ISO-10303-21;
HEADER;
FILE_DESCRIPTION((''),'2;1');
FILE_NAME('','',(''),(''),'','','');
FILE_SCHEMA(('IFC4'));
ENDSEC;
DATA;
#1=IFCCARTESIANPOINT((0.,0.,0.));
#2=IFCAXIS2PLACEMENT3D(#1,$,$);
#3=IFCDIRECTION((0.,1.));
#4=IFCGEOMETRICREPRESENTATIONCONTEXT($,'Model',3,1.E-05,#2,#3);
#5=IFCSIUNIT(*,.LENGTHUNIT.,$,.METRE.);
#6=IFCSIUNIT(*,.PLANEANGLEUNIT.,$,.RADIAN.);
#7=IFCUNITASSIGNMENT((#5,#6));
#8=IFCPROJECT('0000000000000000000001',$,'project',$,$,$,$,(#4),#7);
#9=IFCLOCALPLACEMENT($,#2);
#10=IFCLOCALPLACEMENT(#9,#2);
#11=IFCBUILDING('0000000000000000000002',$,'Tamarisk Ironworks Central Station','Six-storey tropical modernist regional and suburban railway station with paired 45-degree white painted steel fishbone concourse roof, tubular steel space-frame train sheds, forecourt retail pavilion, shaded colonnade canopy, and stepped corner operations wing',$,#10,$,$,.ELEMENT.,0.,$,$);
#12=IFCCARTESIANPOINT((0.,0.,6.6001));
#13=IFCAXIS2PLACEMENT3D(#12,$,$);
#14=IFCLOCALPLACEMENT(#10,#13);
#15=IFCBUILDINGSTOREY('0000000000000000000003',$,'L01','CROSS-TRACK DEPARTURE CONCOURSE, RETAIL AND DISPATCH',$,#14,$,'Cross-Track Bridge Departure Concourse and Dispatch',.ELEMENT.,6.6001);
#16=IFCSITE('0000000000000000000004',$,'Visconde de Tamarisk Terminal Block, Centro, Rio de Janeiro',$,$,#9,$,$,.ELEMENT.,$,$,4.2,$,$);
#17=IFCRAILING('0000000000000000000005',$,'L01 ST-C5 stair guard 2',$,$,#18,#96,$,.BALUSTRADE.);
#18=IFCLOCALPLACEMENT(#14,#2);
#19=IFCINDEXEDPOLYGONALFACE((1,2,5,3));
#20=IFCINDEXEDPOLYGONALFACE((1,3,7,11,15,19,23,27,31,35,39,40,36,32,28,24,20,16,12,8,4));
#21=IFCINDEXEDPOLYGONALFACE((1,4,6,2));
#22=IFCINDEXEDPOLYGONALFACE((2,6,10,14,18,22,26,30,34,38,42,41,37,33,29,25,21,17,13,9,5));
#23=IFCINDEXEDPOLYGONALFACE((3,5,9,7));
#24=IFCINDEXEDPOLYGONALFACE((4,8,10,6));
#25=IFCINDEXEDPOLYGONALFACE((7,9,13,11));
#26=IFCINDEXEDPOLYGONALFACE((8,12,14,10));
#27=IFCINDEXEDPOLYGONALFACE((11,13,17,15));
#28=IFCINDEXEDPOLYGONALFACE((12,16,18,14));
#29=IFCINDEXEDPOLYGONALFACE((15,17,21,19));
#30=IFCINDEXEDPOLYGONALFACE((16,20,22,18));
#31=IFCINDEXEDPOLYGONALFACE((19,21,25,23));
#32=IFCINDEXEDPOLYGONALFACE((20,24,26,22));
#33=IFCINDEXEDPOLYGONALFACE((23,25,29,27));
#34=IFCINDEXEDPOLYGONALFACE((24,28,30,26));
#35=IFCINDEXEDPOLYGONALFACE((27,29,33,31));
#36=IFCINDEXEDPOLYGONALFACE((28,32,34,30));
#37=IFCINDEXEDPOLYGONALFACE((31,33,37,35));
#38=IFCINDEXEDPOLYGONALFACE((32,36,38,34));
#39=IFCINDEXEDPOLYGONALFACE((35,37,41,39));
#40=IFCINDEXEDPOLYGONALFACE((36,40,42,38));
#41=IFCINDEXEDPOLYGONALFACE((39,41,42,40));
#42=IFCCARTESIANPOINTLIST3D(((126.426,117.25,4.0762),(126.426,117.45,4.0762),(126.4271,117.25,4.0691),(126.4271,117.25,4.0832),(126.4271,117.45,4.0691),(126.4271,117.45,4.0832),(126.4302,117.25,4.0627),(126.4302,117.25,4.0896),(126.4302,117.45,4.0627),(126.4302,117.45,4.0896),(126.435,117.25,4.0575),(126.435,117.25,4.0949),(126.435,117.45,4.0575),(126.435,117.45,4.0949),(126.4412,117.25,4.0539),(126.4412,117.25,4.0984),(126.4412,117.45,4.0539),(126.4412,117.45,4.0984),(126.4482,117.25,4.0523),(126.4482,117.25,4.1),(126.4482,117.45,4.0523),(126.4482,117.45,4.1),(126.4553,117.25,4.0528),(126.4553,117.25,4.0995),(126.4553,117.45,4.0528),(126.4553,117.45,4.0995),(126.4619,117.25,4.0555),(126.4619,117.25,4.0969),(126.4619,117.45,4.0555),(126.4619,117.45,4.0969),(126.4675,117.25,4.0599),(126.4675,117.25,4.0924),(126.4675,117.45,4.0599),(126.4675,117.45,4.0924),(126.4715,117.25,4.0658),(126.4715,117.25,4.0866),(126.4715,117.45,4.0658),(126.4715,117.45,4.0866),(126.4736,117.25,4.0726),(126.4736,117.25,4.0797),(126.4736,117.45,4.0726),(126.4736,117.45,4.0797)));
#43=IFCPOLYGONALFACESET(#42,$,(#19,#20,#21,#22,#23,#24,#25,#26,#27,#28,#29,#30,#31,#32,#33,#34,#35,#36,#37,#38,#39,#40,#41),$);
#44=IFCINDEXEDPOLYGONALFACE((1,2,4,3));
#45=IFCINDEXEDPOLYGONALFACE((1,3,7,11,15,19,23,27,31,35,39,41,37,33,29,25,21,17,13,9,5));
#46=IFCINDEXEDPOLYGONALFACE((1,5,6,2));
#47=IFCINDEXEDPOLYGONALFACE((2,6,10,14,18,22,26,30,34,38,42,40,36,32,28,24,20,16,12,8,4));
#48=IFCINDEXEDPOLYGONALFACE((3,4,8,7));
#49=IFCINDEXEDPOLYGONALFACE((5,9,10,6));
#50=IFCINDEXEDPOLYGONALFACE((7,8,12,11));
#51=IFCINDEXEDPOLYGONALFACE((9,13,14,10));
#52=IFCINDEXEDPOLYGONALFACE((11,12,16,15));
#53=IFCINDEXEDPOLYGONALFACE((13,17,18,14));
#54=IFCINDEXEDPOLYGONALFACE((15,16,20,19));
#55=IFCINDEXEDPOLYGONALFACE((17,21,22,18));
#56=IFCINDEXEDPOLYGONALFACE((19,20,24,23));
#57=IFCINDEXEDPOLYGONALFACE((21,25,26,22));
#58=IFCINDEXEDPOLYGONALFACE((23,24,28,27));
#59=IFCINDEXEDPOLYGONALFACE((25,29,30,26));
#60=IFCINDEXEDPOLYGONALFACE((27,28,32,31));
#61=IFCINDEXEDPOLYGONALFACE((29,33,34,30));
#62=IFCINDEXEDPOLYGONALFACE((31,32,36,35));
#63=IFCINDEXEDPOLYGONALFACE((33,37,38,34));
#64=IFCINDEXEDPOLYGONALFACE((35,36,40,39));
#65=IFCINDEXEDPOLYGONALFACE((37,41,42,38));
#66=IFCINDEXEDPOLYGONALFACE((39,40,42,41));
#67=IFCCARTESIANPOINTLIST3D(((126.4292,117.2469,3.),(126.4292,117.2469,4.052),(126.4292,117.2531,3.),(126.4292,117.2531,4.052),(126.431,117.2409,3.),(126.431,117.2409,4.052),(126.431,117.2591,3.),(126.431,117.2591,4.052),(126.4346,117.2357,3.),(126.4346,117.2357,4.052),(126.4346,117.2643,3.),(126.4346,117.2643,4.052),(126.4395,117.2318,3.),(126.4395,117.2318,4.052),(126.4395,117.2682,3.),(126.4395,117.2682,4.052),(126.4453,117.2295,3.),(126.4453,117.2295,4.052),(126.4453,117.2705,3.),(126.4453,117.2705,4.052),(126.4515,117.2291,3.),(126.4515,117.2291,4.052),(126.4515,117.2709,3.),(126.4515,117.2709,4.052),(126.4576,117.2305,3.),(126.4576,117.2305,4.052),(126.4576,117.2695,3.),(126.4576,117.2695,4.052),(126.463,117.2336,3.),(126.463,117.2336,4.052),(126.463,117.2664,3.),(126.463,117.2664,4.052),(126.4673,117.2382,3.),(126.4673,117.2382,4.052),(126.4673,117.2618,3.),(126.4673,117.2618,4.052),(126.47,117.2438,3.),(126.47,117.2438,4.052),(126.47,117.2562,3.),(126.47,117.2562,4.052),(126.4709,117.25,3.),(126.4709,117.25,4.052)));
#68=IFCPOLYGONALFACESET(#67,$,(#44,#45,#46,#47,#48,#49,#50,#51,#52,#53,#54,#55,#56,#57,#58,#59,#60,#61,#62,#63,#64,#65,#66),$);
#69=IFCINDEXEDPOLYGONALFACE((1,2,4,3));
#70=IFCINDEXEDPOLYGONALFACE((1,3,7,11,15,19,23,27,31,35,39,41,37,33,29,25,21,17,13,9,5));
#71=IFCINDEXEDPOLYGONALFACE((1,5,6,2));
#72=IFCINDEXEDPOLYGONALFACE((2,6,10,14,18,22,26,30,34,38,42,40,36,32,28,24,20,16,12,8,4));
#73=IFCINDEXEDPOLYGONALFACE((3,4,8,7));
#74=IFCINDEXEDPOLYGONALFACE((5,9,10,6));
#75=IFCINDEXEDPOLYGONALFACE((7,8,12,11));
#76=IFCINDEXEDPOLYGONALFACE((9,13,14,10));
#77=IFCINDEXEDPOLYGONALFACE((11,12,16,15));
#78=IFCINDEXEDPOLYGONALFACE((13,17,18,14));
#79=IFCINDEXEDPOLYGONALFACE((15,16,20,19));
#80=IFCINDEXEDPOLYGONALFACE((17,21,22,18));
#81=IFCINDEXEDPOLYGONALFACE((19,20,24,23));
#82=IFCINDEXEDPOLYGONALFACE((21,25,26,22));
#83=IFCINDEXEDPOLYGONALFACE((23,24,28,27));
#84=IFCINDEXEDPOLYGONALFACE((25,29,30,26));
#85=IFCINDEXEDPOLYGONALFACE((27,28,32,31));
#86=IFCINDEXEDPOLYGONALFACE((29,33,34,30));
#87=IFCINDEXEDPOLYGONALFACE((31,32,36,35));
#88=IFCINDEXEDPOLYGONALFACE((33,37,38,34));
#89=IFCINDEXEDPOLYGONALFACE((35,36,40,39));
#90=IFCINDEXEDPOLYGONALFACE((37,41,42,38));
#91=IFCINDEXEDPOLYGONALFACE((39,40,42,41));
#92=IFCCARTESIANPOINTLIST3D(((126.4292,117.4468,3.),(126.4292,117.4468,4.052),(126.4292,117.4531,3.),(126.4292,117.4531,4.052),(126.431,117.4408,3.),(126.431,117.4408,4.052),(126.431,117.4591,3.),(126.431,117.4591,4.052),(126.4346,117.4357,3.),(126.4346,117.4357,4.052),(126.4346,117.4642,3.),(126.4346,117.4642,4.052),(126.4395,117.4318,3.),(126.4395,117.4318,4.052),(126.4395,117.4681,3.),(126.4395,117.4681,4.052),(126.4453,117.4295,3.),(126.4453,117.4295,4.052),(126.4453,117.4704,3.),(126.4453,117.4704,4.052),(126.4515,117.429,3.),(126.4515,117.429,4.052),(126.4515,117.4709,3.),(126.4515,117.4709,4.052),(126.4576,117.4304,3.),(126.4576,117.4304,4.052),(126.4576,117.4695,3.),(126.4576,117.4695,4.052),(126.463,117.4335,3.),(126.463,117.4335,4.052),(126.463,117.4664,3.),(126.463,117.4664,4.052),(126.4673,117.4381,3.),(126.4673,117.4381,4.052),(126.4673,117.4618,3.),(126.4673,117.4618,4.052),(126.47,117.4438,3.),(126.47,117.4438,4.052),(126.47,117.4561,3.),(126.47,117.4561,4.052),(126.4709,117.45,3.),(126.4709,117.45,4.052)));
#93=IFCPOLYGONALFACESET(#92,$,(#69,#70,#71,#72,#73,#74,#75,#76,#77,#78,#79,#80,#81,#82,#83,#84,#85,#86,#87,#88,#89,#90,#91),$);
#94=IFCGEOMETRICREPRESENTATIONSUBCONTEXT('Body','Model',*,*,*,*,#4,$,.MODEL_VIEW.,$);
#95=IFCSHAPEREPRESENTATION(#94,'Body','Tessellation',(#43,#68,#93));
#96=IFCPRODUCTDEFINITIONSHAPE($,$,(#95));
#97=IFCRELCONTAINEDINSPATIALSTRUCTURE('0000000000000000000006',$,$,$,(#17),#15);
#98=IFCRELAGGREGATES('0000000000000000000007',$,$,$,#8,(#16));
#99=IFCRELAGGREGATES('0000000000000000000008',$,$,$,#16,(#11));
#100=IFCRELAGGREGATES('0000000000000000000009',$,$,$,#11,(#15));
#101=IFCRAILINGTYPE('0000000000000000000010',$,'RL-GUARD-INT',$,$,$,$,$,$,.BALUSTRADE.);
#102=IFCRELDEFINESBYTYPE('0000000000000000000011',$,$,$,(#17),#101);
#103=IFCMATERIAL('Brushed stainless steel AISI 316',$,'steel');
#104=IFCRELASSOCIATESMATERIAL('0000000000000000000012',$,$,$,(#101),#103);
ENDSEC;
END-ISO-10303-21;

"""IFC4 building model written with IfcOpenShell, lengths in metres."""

from ifc_helpers import new_model, si_unit, direction, frame, origin, origin_2d, place, context, subcontext, project, spatial, circle, extrude, material, type_object, element, save


model = new_model("IFC4")

# Units and contexts
model_context = context("Model", 3, precision=1e-05, world=origin(), true_north=direction((0.0, 1.0)))
body_context = subcontext(model_context, "Body", "Model", "MODEL_VIEW")
ifc_project = project(units=[si_unit("LENGTHUNIT", "METRE"), si_unit("PLANEANGLEUNIT", "RADIAN")], contexts=[model_context])

# Site, building, storey
site_placement = place(None, origin())
site = spatial("IfcSite", under=ifc_project, at=site_placement, Name="Visconde de Tamarisk Terminal Block, Centro, Rio de Janeiro", CompositionType="ELEMENT", RefElevation=4.2)
building_placement = place(site_placement, origin())
building = spatial("IfcBuilding", under=site, at=building_placement, Name="Tamarisk Ironworks Central Station", Description="Six-storey tropical modernist regional and suburban railway station with paired 45-degree white painted steel fishbone concourse roof, tubular steel space-frame train sheds, forecourt retail pavilion, shaded colonnade canopy, and stepped corner operations wing", CompositionType="ELEMENT", ElevationOfRefHeight=0.0)
storey_placement = place(building_placement, frame((0.0, 0.0, 6.6001)))
storey = spatial("IfcBuildingStorey", under=building, at=storey_placement, Name="L01", Description="CROSS-TRACK DEPARTURE CONCOURSE, RETAIL AND DISPATCH", LongName="Cross-Track Bridge Departure Concourse and Dispatch", CompositionType="ELEMENT", Elevation=6.6001)

# Railing
ifc_material_1 = material(Name="Brushed stainless steel AISI 316", Category="steel")
railing_type_1 = type_object("IfcRailingType", Name="RL-GUARD-INT", PredefinedType="BALUSTRADE", material=ifc_material_1)
railing_1_placement = place(storey_placement, frame((126.45, 117.25, 3.0)))
element("IfcRailing", 1, at=railing_1_placement, inside=storey, type_object=railing_type_1, Name="L01 ST-C5 stair guard 2", PredefinedType="BALUSTRADE", context=body_context, shape_type="SweptSolid", body=[
    extrude(circle(Radius=0.0239, at=origin_2d()), frame((0.0, 0.0, 1.0762), z_axis=(0.0, 1.0, 0.0), x_axis=(-1.0, 0.0, 0.0)), (0.0, 0.0, 1.0), 0.2),
    extrude(circle(Radius=0.021, at=origin_2d()), origin(), (0.0, 0.0, 1.0), 1.052),
    extrude(circle(Radius=0.021, at=origin_2d()), frame((0.0, 0.2, 0.0)), (0.0, 0.0, 1.0), 1.052),
])

save(model, "model.ifc")
